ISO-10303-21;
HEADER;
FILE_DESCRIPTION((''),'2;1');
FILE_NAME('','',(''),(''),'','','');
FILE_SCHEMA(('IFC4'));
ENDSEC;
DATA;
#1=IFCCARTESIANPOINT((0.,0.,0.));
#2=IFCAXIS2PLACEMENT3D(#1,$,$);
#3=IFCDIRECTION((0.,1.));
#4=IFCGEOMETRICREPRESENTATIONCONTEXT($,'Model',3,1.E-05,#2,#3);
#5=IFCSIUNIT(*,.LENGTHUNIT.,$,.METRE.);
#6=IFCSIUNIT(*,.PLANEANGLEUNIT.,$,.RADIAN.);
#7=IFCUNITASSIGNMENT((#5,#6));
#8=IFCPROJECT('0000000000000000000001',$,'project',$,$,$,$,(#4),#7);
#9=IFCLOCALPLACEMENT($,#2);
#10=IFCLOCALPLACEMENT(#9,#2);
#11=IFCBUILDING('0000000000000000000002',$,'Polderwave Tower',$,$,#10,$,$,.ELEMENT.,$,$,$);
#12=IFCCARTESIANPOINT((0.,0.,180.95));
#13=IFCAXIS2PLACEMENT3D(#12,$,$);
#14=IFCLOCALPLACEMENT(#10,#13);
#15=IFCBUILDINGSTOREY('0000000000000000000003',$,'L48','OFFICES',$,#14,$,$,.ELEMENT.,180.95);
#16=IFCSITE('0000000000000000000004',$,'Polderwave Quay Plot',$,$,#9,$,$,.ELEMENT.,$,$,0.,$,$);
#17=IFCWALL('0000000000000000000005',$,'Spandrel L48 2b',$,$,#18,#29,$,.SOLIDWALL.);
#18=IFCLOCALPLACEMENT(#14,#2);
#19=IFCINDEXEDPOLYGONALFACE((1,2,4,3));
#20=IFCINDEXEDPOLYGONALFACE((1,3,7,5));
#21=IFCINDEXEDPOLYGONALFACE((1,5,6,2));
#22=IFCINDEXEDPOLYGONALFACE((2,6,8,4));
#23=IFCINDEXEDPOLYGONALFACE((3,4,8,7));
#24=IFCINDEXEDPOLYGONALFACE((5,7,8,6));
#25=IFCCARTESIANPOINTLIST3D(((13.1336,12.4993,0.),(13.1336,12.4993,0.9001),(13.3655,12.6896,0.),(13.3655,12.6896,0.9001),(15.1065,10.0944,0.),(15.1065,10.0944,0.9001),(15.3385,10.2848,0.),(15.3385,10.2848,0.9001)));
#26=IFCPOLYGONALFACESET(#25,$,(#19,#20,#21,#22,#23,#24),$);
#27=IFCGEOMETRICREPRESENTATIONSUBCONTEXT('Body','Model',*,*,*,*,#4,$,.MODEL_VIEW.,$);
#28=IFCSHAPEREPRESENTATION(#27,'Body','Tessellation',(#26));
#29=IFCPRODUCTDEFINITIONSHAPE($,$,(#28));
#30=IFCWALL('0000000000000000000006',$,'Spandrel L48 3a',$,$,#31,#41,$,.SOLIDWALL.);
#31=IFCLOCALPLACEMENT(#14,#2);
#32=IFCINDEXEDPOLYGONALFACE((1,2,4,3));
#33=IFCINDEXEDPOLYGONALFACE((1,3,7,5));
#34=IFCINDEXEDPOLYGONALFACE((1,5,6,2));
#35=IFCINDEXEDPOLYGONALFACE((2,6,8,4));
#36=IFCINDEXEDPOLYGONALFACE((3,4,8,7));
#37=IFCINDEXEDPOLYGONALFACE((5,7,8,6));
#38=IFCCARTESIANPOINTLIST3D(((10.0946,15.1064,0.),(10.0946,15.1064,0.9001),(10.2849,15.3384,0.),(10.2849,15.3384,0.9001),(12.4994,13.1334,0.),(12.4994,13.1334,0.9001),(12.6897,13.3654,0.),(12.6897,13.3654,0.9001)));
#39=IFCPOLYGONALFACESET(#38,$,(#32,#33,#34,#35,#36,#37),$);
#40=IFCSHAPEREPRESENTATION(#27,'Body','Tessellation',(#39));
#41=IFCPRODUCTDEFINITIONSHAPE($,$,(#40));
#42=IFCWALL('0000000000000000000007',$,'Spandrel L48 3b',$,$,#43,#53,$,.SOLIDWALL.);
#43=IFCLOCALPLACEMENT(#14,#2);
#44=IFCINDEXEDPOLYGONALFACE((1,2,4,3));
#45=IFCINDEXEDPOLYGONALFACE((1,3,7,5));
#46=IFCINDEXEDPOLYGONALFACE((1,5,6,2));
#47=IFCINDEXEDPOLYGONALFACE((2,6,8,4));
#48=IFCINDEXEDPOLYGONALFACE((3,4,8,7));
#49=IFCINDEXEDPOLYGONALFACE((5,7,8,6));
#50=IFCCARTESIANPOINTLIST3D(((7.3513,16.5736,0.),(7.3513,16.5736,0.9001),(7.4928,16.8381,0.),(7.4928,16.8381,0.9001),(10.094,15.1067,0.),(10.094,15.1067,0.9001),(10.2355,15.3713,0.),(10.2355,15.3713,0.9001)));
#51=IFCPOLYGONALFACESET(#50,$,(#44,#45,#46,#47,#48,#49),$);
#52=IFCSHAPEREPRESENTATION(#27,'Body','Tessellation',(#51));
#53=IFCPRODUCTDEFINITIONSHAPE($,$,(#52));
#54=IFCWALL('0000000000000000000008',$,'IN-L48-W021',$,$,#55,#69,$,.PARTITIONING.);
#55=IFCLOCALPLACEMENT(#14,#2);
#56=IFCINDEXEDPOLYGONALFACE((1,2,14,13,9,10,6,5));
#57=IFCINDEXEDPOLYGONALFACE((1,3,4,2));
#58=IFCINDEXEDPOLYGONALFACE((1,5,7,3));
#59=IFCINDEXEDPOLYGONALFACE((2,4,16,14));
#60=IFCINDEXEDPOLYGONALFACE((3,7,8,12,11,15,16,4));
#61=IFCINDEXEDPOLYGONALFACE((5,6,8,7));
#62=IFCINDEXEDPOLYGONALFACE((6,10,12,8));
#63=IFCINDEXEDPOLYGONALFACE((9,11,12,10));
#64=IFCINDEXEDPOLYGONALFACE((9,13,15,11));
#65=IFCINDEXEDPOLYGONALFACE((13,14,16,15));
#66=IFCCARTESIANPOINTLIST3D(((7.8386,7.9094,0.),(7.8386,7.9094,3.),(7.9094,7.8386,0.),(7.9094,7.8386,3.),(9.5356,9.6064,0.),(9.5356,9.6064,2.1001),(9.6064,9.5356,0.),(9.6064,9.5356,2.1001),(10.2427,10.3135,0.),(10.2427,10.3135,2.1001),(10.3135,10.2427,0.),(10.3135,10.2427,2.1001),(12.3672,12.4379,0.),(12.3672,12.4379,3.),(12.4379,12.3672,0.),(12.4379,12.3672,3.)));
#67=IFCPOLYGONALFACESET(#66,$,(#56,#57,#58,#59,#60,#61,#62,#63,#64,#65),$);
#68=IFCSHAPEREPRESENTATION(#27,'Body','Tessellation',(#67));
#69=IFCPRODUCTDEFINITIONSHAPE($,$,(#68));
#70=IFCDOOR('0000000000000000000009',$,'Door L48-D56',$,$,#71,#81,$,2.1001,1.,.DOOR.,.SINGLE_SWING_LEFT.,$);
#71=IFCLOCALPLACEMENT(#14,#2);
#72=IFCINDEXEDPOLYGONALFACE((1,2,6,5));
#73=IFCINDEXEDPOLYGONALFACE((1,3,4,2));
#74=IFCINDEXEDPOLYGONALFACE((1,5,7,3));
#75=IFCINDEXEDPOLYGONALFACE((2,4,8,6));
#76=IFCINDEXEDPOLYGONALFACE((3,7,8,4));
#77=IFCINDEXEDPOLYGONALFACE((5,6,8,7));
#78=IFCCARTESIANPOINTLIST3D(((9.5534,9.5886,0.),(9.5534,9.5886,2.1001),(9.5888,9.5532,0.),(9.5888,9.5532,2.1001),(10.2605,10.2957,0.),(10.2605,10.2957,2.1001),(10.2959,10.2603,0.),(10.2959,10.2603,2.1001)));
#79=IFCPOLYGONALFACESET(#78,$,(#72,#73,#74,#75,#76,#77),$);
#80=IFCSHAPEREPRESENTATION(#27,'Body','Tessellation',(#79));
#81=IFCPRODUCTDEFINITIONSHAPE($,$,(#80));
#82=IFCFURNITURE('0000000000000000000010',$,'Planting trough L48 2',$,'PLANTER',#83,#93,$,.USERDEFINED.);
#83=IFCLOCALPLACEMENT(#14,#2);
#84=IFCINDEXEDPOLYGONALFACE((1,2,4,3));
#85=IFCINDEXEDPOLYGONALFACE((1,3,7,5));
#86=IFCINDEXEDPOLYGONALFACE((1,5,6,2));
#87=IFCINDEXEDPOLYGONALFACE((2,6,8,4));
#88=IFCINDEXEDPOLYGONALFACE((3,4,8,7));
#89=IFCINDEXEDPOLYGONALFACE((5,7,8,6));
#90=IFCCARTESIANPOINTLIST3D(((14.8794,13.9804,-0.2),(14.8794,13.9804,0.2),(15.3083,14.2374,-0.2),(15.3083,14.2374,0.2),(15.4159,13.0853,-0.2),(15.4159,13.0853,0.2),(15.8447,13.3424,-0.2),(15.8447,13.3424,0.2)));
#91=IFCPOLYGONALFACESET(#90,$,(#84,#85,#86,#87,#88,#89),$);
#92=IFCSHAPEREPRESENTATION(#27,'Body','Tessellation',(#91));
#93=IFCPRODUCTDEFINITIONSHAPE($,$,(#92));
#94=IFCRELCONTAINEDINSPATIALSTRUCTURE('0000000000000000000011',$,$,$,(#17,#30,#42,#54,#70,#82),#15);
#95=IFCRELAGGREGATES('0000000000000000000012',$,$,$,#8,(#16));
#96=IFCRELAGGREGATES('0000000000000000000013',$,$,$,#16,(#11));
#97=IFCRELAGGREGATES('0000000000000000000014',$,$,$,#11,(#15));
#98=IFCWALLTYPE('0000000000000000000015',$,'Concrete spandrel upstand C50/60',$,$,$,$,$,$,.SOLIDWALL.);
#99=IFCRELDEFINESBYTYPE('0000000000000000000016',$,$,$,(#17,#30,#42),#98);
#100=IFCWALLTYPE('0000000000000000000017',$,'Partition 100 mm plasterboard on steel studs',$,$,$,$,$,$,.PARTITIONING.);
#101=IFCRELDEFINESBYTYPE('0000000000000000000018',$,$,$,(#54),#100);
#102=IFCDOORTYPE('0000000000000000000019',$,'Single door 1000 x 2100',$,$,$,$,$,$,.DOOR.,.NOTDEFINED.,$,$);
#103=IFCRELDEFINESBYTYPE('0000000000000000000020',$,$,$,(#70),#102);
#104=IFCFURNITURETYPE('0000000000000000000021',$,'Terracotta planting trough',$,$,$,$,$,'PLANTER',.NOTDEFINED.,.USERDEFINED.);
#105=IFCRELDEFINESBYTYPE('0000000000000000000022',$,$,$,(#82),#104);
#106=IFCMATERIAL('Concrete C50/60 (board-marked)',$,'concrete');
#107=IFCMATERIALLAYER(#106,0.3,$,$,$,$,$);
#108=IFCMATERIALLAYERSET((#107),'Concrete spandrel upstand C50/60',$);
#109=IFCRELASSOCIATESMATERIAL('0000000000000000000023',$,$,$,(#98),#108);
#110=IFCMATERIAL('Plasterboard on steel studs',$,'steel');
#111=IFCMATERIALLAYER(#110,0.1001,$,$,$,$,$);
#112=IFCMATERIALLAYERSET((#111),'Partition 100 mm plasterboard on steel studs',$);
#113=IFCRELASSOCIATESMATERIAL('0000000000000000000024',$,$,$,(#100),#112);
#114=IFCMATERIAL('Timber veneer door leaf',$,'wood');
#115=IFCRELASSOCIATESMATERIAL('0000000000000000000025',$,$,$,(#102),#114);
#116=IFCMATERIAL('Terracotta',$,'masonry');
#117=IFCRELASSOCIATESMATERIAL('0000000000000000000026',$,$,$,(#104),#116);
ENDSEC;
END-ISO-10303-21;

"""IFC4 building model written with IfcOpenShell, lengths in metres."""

from ifc_helpers import new_model, si_unit, direction, frame, frame_2d, origin, origin_2d, place, context, subcontext, project, spatial, rectangle, extrude, material, layer, layer_set, type_object, element, fill, save


model = new_model("IFC4")

# Units and contexts
model_context = context("Model", 3, precision=1e-05, world=origin(), true_north=direction((0.0, 1.0)))
body_context = subcontext(model_context, "Body", "Model", "MODEL_VIEW")
ifc_project = project(units=[si_unit("LENGTHUNIT", "METRE"), si_unit("PLANEANGLEUNIT", "RADIAN")], contexts=[model_context])

# Site, building, storey
site_placement = place(None, origin())
site = spatial("IfcSite", under=ifc_project, at=site_placement, Name="Polderwave Quay Plot", CompositionType="ELEMENT", RefElevation=0.0)
building_placement = place(site_placement, origin())
building = spatial("IfcBuilding", under=site, at=building_placement, Name="Polderwave Tower", CompositionType="ELEMENT")
storey_placement = place(building_placement, frame((0.0, 0.0, 180.95)))
storey = spatial("IfcBuildingStorey", under=building, at=storey_placement, Name="L48", Description="OFFICES", CompositionType="ELEMENT", Elevation=180.95)

# Walls
ifc_material_1 = material(Name="Concrete C50/60 (board-marked)", Category="concrete")
ifc_layer_1 = layer(ifc_material_1, 0.3)
ifc_layer_set_1 = layer_set([ifc_layer_1], Name="Concrete spandrel upstand C50/60")
wall_type_1 = type_object("IfcWallType", Name="Concrete spandrel upstand C50/60", PredefinedType="SOLIDWALL", material=ifc_layer_set_1)
for number, where, z_axis, x_axis, name in (
    (1, (15.2224, 10.1897, 0.0), (0.0, 0.0, 1.0), (-0.634267, 0.773114, 0.0), "Spandrel L48 2b"),
    (2, (12.5945, 13.2495, 0.0), (0.0, 0.0, 1.0), (-0.773114, 0.634267, 0.0), "Spandrel L48 3a"),
):
    element("IfcWall", number, at=place(storey_placement, frame(where, z_axis=z_axis, x_axis=x_axis)), inside=storey, type_object=wall_type_1, Name=name, PredefinedType="SOLIDWALL", context=body_context, shape_type="SweptSolid", body=[
        extrude(rectangle(XDim=3.1106, YDim=0.3, at=frame_2d((1.5552, 0.0))), origin(), (0.0, 0.0, 1.0), 0.9001),
    ])
wall_1_placement = place(storey_placement, frame((10.1648, 15.239, 0.0), z_axis=(0.0, 0.0, 1.0), x_axis=(-0.881813, 0.471598, 0.0)))
element("IfcWall", 3, at=wall_1_placement, inside=storey, type_object=wall_type_1, Name="Spandrel L48 3b", PredefinedType="SOLIDWALL", context=body_context, shape_type="SweptSolid", body=[
    extrude(rectangle(XDim=3.1104, YDim=0.3, at=frame_2d((1.5552, 0.0))), origin(), (0.0, 0.0, 1.0), 0.9001),
])

# Wall, opening, door
ifc_material_2 = material(Name="Plasterboard on steel studs", Category="steel")
ifc_layer_2 = layer(ifc_material_2, 0.1001)
ifc_layer_set_2 = layer_set([ifc_layer_2], Name="Partition 100 mm plasterboard on steel studs")
wall_type_2 = type_object("IfcWallType", Name="Partition 100 mm plasterboard on steel studs", PredefinedType="PARTITIONING", material=ifc_layer_set_2)
wall_2_placement = place(storey_placement, frame((7.874, 7.874, 0.0), z_axis=(0.0, 0.0, 1.0), x_axis=(0.707107, 0.707107, 0.0)))
wall_2 = element("IfcWall", 4, at=wall_2_placement, inside=storey, type_object=wall_type_2, Name="IN-L48-W021", PredefinedType="PARTITIONING", context=body_context, shape_type="SweptSolid", body=[
    extrude(rectangle(XDim=6.4043, YDim=0.1001, at=frame_2d((3.2021, 0.0))), origin(), (0.0, 0.0, 1.0), 3.0),
])
opening_placement = place(wall_2_placement, frame((2.3999, 0.0, 0.0)))
opening = element("IfcOpeningElement", 5, at=opening_placement, cuts=wall_2, PredefinedType="OPENING", context=body_context, shape_type="SweptSolid", body=[
    extrude(rectangle(XDim=1.0, YDim=2.1001, at=frame_2d((0.5, 1.05))), frame((0.0, 0.0601, 0.0), z_axis=(0.0, -1.0, 0.0), x_axis=(1.0, 0.0, 0.0)), (0.0, 0.0, 1.0), 0.1201),
])
ifc_material_3 = material(Name="Timber veneer door leaf", Category="wood")
door_type = type_object("IfcDoorType", Name="Single door 1000 x 2100", OperationType="NOTDEFINED", PredefinedType="DOOR", material=ifc_material_3)
door_placement = place(opening_placement, origin())
door = element("IfcDoor", 6, at=door_placement, inside=storey, type_object=door_type, Name="Door L48-D56", OperationType="SINGLE_SWING_LEFT", OverallHeight=2.1001, OverallWidth=1.0, PredefinedType="DOOR", context=body_context, shape_type="SweptSolid", body=[
    extrude(rectangle(XDim=1.0, YDim=2.1001, at=frame_2d((0.5, 1.05))), frame((0.0, 0.0249, 0.0), z_axis=(0.0, -1.0, 0.0), x_axis=(1.0, 0.0, 0.0)), (0.0, 0.0, 1.0), 0.05),
])
fill(opening, door)

# Furniture
ifc_material_4 = material(Name="Terracotta", Category="masonry")
furniture_type = type_object("IfcFurnitureType", Name="Terracotta planting trough", ElementType="PLANTER", AssemblyPlace="NOTDEFINED", PredefinedType="USERDEFINED", material=ifc_material_4)
furniture_placement = place(storey_placement, frame((15.3621, 13.6614, -0.2), z_axis=(0.0, 0.0, 1.0), x_axis=(-0.514106, 0.857727, 0.0)))
element("IfcFurniture", 7, at=furniture_placement, inside=storey, type_object=furniture_type, Name="Planting trough L48 2", ObjectType="PLANTER", PredefinedType="USERDEFINED", context=body_context, shape_type="SweptSolid", body=[
    extrude(rectangle(XDim=1.0435, YDim=0.5, at=origin_2d()), origin(), (0.0, 0.0, 1.0), 0.3999),
])

save(model, "model.ifc")
